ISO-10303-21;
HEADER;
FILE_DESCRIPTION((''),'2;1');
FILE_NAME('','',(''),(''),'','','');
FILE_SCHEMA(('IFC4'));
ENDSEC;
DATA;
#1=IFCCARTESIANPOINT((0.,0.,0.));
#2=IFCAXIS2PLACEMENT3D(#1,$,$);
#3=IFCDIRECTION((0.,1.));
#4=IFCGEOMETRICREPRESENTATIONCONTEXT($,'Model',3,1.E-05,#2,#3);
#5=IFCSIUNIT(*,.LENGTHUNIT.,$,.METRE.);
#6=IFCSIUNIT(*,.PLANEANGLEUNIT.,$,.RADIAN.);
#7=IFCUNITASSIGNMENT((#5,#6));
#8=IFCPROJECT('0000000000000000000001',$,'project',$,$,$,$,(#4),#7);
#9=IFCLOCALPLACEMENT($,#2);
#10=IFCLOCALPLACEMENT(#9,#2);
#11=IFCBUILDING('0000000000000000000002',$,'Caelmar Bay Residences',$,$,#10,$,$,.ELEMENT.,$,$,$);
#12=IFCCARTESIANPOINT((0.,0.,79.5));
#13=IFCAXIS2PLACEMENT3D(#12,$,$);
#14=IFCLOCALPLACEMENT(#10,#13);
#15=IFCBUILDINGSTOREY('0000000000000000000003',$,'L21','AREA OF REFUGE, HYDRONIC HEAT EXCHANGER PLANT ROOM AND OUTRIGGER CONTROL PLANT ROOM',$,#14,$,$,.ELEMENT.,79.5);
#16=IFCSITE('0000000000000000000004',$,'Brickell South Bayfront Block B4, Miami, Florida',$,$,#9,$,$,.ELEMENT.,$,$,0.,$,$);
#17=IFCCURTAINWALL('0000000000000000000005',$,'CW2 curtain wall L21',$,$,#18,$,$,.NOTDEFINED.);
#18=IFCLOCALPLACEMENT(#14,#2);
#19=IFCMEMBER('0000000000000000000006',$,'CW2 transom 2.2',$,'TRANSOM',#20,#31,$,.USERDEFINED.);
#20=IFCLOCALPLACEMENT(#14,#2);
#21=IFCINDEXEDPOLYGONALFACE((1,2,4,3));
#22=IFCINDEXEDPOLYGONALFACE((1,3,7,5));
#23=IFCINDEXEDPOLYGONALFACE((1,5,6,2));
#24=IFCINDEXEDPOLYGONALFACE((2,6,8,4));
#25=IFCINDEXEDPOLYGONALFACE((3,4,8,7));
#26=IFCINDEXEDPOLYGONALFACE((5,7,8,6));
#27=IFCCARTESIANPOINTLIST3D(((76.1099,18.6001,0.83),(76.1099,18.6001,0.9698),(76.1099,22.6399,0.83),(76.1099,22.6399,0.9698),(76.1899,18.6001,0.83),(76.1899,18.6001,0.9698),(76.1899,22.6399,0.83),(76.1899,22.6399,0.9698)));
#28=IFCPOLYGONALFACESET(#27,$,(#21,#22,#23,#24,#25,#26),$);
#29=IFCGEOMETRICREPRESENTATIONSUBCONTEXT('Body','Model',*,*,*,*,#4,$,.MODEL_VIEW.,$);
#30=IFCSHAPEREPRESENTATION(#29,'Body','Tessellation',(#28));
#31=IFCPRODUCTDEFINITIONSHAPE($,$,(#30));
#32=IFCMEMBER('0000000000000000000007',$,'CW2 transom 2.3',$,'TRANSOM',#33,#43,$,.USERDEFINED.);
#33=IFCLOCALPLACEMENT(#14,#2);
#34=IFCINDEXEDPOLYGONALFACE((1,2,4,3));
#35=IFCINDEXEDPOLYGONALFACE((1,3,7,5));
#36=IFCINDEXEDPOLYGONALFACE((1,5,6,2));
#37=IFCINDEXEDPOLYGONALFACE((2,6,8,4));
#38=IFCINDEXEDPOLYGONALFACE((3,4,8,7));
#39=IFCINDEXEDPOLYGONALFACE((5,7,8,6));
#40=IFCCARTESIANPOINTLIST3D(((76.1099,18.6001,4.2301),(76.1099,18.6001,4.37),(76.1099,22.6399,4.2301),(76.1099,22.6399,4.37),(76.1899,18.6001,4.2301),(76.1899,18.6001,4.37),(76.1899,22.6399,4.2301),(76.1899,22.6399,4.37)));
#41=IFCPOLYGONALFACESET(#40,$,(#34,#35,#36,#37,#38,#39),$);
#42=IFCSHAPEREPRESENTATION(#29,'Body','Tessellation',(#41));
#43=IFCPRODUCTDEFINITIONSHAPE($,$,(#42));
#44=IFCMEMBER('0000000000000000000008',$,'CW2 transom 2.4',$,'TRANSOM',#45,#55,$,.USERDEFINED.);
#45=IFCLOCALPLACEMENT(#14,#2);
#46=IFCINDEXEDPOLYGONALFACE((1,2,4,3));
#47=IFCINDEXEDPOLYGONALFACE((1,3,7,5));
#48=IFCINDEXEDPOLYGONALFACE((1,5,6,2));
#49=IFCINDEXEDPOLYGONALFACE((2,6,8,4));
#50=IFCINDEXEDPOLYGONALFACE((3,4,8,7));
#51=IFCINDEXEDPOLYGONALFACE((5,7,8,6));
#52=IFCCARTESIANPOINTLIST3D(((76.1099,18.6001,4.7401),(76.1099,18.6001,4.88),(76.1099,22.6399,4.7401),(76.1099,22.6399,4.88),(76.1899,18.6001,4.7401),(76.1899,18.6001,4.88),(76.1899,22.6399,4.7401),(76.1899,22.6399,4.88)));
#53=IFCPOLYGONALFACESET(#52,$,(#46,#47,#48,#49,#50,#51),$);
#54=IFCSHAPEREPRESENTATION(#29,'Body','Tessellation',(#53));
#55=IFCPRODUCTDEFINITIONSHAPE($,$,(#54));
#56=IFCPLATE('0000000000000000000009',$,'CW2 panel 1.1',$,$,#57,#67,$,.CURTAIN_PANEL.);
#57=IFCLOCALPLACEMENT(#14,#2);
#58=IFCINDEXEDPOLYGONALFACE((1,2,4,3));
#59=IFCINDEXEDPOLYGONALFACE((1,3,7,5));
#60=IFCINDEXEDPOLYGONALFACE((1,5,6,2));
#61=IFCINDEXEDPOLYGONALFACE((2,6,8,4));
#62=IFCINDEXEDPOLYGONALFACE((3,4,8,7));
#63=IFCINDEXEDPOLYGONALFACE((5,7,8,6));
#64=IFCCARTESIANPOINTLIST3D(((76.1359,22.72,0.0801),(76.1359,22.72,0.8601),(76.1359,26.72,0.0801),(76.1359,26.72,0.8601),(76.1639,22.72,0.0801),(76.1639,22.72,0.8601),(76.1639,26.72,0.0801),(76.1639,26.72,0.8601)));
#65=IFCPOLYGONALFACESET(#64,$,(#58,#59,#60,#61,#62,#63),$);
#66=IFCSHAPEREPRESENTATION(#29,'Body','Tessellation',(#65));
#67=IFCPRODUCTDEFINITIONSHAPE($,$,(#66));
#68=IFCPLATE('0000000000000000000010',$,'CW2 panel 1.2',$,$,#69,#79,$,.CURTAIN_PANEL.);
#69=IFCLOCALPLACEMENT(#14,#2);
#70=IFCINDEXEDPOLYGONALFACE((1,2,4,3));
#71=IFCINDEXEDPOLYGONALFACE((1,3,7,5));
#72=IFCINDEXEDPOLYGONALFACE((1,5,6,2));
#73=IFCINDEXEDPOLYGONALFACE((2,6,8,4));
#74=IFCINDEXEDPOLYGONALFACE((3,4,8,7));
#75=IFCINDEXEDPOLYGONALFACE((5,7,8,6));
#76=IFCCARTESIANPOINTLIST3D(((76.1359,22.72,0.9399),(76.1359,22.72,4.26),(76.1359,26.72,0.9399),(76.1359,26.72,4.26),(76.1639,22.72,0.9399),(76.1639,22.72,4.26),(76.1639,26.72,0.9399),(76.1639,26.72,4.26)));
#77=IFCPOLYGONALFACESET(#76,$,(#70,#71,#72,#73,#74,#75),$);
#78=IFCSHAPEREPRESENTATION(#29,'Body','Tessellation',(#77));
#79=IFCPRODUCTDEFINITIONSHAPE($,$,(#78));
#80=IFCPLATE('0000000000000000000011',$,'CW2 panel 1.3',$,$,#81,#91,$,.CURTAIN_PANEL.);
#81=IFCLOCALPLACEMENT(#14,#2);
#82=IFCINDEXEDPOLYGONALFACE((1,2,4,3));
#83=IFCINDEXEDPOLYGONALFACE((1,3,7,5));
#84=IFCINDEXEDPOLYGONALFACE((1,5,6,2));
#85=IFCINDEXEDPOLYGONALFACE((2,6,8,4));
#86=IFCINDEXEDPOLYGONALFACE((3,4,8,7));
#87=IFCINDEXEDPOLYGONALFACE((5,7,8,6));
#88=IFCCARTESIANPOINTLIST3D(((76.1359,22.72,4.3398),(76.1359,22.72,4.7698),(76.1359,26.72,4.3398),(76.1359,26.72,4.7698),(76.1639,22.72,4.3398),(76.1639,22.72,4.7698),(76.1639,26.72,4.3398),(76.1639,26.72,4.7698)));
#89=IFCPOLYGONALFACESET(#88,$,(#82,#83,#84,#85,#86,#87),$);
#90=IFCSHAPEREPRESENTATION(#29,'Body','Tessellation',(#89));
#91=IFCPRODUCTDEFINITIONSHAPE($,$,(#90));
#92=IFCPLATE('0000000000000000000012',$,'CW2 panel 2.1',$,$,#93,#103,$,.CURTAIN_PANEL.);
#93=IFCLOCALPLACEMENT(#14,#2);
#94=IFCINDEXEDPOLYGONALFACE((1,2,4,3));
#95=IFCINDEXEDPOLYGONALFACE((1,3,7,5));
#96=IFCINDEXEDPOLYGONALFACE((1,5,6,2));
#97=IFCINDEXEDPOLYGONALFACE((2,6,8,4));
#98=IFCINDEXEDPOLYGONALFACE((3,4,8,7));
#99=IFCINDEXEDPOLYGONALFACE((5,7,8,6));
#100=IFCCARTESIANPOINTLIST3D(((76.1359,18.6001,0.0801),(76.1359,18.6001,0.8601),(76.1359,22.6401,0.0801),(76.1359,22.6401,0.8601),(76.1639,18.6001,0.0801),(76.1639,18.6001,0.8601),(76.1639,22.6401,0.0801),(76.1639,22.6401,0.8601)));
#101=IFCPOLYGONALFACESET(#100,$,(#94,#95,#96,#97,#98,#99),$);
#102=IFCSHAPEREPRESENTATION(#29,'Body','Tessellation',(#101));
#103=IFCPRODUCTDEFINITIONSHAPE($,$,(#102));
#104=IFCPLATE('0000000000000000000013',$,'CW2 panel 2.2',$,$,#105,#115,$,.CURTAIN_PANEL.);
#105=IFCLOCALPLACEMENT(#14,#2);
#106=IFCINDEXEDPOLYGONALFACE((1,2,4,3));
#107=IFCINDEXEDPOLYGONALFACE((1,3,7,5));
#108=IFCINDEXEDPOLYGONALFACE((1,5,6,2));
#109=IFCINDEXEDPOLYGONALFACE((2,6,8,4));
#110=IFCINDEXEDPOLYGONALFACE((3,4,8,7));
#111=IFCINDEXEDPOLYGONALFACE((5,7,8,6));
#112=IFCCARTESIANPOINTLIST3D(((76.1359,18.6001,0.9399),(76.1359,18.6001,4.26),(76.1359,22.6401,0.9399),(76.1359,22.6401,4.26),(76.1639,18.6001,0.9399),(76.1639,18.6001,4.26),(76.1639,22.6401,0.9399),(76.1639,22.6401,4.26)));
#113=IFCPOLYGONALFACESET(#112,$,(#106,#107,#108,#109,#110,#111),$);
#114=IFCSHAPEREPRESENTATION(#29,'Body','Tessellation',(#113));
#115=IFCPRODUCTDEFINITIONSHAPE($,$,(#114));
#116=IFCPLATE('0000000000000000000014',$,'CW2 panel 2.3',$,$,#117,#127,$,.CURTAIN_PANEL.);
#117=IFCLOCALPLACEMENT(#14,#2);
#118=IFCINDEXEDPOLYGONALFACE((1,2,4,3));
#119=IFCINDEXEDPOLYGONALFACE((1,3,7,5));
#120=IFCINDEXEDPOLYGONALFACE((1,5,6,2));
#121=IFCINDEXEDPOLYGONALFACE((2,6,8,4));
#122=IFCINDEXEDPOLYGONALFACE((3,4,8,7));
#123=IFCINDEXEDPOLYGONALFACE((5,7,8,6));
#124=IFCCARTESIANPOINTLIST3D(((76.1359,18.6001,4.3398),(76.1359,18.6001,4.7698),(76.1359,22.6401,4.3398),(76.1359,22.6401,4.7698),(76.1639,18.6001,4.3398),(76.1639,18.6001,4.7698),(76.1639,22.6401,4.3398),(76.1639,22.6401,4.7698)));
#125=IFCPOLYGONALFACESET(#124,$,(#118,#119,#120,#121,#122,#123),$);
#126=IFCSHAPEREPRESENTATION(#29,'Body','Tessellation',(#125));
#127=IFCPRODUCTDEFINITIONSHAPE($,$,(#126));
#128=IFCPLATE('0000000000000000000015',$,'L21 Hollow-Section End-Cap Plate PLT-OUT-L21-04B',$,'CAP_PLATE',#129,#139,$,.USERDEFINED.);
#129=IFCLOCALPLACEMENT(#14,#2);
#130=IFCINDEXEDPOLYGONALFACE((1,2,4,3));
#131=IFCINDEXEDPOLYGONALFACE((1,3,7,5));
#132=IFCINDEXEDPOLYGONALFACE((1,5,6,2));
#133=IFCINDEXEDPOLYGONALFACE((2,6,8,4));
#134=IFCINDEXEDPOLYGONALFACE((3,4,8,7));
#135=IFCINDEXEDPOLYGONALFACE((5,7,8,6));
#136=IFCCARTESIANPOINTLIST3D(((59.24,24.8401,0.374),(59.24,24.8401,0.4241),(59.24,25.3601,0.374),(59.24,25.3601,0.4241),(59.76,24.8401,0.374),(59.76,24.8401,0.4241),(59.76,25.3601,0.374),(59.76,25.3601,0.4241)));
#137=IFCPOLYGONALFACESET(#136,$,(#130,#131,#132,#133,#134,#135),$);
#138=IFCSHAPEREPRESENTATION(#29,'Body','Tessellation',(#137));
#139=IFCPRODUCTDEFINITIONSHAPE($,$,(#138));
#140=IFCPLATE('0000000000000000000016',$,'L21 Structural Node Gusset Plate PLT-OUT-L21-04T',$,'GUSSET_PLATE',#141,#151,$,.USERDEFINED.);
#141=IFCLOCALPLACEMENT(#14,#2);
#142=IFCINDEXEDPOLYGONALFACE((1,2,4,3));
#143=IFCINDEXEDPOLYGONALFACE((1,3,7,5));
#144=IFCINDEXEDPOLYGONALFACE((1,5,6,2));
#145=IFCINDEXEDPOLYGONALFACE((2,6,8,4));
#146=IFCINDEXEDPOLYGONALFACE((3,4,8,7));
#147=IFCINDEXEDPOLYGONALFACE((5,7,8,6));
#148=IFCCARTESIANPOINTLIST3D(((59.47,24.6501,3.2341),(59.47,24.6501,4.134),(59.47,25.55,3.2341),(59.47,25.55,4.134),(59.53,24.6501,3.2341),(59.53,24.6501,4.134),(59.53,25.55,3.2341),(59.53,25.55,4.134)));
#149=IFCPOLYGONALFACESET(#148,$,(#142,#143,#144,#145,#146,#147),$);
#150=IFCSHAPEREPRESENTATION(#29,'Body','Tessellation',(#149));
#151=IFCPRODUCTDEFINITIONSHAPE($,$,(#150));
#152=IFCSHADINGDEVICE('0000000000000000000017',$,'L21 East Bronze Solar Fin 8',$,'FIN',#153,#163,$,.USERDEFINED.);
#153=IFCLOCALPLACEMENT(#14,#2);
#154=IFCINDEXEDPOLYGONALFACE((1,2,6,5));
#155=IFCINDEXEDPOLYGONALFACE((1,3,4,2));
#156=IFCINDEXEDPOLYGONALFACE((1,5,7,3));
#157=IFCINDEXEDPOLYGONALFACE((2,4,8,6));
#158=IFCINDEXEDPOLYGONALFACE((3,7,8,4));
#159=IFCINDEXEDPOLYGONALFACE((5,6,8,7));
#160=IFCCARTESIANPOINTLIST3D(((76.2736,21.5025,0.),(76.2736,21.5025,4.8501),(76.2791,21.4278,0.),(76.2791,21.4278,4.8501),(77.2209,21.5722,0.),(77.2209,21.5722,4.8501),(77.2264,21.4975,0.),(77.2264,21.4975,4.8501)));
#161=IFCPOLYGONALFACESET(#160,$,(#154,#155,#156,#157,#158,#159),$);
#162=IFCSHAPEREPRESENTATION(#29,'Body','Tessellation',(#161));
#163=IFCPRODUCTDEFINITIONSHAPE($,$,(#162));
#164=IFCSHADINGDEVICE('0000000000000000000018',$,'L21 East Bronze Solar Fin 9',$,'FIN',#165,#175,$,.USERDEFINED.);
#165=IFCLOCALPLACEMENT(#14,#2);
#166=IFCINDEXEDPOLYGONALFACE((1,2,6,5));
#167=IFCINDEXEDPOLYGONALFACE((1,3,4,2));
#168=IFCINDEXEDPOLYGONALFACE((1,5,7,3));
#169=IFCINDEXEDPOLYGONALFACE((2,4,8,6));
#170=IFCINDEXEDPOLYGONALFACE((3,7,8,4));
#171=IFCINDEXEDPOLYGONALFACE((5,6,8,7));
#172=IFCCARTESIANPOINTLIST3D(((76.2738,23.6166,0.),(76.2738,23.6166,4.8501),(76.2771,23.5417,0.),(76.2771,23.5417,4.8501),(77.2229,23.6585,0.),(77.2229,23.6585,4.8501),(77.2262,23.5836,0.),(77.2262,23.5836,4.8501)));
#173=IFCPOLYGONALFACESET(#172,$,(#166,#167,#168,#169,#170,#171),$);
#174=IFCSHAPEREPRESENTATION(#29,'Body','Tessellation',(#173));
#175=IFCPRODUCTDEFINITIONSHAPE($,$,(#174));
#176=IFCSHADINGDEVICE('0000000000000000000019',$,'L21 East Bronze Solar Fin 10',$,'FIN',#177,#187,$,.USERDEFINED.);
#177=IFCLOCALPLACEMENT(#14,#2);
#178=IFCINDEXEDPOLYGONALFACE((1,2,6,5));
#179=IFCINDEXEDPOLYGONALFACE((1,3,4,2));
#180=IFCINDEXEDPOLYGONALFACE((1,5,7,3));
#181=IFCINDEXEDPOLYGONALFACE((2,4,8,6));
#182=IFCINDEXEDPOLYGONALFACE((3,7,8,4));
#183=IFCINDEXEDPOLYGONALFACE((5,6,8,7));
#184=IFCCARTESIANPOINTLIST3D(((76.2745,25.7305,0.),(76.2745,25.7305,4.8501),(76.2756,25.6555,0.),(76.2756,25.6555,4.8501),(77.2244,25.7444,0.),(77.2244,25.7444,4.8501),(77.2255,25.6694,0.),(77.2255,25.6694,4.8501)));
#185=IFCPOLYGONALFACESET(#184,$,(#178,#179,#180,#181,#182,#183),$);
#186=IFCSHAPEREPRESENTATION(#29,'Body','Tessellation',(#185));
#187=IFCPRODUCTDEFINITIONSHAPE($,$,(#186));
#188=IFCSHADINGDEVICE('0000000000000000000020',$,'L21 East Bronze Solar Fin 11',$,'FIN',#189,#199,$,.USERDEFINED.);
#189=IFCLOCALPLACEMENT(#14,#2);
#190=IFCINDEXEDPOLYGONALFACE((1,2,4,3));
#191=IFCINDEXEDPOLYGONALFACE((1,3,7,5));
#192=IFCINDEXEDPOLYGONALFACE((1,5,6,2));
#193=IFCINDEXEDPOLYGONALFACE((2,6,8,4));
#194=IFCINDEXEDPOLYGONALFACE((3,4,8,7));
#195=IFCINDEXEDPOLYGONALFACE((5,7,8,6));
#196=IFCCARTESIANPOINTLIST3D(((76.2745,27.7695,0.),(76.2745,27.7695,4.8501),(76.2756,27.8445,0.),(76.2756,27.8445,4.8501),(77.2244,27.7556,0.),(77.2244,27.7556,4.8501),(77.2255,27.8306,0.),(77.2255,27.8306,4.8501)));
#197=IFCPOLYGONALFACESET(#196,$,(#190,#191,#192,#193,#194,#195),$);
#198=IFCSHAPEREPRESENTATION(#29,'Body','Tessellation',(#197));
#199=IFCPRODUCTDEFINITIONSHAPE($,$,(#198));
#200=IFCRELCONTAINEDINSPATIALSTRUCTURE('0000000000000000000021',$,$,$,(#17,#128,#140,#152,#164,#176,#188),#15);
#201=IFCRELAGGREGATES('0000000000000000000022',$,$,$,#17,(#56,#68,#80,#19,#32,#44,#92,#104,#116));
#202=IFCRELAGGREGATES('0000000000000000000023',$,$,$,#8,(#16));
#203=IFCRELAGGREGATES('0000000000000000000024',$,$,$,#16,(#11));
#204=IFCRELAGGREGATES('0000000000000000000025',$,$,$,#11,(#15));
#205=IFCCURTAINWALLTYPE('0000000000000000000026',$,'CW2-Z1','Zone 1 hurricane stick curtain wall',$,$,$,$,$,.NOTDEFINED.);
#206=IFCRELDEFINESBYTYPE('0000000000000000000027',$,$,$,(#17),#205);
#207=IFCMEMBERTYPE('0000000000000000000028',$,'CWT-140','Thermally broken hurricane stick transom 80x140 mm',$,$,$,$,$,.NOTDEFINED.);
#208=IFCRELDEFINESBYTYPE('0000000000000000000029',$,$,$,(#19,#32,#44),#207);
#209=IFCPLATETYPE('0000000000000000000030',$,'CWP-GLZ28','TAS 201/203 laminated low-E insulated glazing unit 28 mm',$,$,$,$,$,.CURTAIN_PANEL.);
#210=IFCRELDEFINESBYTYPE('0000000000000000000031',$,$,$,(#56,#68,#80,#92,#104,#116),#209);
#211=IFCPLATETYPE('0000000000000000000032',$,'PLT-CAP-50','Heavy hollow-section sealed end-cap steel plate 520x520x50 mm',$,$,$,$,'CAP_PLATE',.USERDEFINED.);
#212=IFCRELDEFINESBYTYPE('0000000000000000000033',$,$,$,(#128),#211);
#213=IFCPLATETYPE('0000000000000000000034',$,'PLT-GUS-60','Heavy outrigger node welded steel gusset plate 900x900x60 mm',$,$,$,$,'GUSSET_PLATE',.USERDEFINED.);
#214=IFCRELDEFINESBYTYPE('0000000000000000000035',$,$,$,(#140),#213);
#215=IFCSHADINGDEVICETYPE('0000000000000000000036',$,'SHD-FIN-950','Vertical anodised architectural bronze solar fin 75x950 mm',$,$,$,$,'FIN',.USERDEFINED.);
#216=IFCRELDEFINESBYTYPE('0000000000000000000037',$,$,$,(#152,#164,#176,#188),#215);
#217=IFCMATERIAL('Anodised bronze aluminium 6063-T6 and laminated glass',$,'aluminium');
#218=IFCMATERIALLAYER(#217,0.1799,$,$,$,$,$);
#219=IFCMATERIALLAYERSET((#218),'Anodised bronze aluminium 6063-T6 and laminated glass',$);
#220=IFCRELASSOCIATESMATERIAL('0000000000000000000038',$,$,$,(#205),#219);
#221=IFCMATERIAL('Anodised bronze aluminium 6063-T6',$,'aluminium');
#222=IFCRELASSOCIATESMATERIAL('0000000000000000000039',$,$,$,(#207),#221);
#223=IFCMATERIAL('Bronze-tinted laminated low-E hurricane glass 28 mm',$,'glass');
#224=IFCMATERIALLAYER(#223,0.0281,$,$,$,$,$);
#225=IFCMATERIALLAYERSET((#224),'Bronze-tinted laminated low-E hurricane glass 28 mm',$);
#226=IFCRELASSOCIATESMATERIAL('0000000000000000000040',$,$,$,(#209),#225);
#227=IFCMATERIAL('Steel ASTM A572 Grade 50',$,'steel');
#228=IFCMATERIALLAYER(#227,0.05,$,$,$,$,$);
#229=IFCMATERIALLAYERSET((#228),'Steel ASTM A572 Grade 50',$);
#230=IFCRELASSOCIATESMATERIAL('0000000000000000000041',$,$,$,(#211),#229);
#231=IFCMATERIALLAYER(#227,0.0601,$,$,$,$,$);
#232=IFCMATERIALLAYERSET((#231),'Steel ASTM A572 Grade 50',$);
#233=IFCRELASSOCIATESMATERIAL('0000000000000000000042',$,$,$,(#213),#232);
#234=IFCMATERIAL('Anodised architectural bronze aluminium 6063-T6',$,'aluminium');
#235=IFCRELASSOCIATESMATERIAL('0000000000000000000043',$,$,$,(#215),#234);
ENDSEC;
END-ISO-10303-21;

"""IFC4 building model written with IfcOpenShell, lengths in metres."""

from ifc_helpers import new_model, si_unit, direction, frame, origin, origin_2d, place, context, subcontext, project, spatial, rectangle, extrude, material, layer, layer_set, material_profile, profile_set, type_object, element, aggregate, save


model = new_model("IFC4")

# Units and contexts
model_context = context("Model", 3, precision=1e-05, world=origin(), true_north=direction((0.0, 1.0)))
body_context = subcontext(model_context, "Body", "Model", "MODEL_VIEW")
ifc_project = project(units=[si_unit("LENGTHUNIT", "METRE"), si_unit("PLANEANGLEUNIT", "RADIAN")], contexts=[model_context])

# Site, building, storey
site_placement = place(None, origin())
site = spatial("IfcSite", under=ifc_project, at=site_placement, Name="Brickell South Bayfront Block B4, Miami, Florida", CompositionType="ELEMENT", RefElevation=0.0)
building_placement = place(site_placement, origin())
building = spatial("IfcBuilding", under=site, at=building_placement, Name="Caelmar Bay Residences", CompositionType="ELEMENT")
storey_placement = place(building_placement, frame((0.0, 0.0, 79.5)))
storey = spatial("IfcBuildingStorey", under=building, at=storey_placement, Name="L21", Description="AREA OF REFUGE, HYDRONIC HEAT EXCHANGER PLANT ROOM AND OUTRIGGER CONTROL PLANT ROOM", CompositionType="ELEMENT", Elevation=79.5)

# Curtain wall, members, plates
ifc_material_1 = material(Name="Anodised bronze aluminium 6063-T6 and laminated glass", Category="aluminium")
ifc_layer_1 = layer(ifc_material_1, 0.1799)
ifc_layer_set_1 = layer_set([ifc_layer_1], Name="Anodised bronze aluminium 6063-T6 and laminated glass")
curtain_wall_type = type_object("IfcCurtainWallType", Name="CW2-Z1", Description="Zone 1 hurricane stick curtain wall", PredefinedType="NOTDEFINED", material=ifc_layer_set_1)
curtain_wall_placement = place(storey_placement, origin())
curtain_wall = element("IfcCurtainWall", 1, at=curtain_wall_placement, inside=storey, type_object=curtain_wall_type, Name="CW2 curtain wall L21", PredefinedType="NOTDEFINED")
ifc_material_2 = material(Name="Anodised bronze aluminium 6063-T6", Category="aluminium")
ifc_material_profile_1 = material_profile(ifc_material_2, rectangle(XDim=0.0801, YDim=0.1399, at=origin_2d()), Name="CWT-80X140")
ifc_profile_set_1 = profile_set([ifc_material_profile_1], Name="Anodised bronze aluminium 6063-T6")
member_type_1 = type_object("IfcMemberType", Name="CWT-140", Description="Thermally broken hurricane stick transom 80x140 mm", PredefinedType="NOTDEFINED", material=ifc_profile_set_1)
member_1_placement = place(storey_placement, frame((76.1499, 22.6399, 0.8999), z_axis=(0.0, -1.0, 0.0), x_axis=(1.0, 0.0, 0.0)))
member_1 = element("IfcMember", 2, at=member_1_placement, type_object=member_type_1, Name="CW2 transom 2.2", ObjectType="TRANSOM", PredefinedType="USERDEFINED", context=body_context, shape_type="SweptSolid", body=[
    extrude(rectangle(XDim=0.0801, YDim=0.1399, at=origin_2d()), origin(), (0.0, 0.0, 1.0), 4.0398),
])
member_2_placement = place(storey_placement, frame((76.1499, 22.6399, 4.3), z_axis=(0.0, -1.0, 0.0), x_axis=(1.0, 0.0, 0.0)))
member_2 = element("IfcMember", 3, at=member_2_placement, type_object=member_type_1, Name="CW2 transom 2.3", ObjectType="TRANSOM", PredefinedType="USERDEFINED", context=body_context, shape_type="SweptSolid", body=[
    extrude(rectangle(XDim=0.0801, YDim=0.1399, at=origin_2d()), origin(), (0.0, 0.0, 1.0), 4.0398),
])
member_3_placement = place(storey_placement, frame((76.1499, 22.6399, 4.8101), z_axis=(0.0, -1.0, 0.0), x_axis=(1.0, 0.0, 0.0)))
member_3 = element("IfcMember", 4, at=member_3_placement, type_object=member_type_1, Name="CW2 transom 2.4", ObjectType="TRANSOM", PredefinedType="USERDEFINED", context=body_context, shape_type="SweptSolid", body=[
    extrude(rectangle(XDim=0.0801, YDim=0.1399, at=origin_2d()), origin(), (0.0, 0.0, 1.0), 4.0398),
])
ifc_material_3 = material(Name="Bronze-tinted laminated low-E hurricane glass 28 mm", Category="glass")
ifc_layer_2 = layer(ifc_material_3, 0.0281)
ifc_layer_set_2 = layer_set([ifc_layer_2], Name="Bronze-tinted laminated low-E hurricane glass 28 mm")
plate_type_1 = type_object("IfcPlateType", Name="CWP-GLZ28", Description="TAS 201/203 laminated low-E insulated glazing unit 28 mm", PredefinedType="CURTAIN_PANEL", material=ifc_layer_set_2)
plate_1_placement = place(storey_placement, frame((76.1499, 24.72, 0.0801), z_axis=(0.0, 0.0, 1.0), x_axis=(0.0, -1.0, 0.0)))
plate_1 = element("IfcPlate", 5, at=plate_1_placement, type_object=plate_type_1, Name="CW2 panel 1.1", PredefinedType="CURTAIN_PANEL", context=body_context, shape_type="SweptSolid", body=[
    extrude(rectangle(XDim=4.0, YDim=0.0281, at=origin_2d()), origin(), (0.0, 0.0, 1.0), 0.78),
])
plate_2_placement = place(storey_placement, frame((76.1499, 24.72, 0.9399), z_axis=(0.0, 0.0, 1.0), x_axis=(0.0, -1.0, 0.0)))
plate_2 = element("IfcPlate", 6, at=plate_2_placement, type_object=plate_type_1, Name="CW2 panel 1.2", PredefinedType="CURTAIN_PANEL", context=body_context, shape_type="SweptSolid", body=[
    extrude(rectangle(XDim=4.0, YDim=0.0281, at=origin_2d()), origin(), (0.0, 0.0, 1.0), 3.3201),
])
plate_3_placement = place(storey_placement, frame((76.1499, 24.72, 4.3398), z_axis=(0.0, 0.0, 1.0), x_axis=(0.0, -1.0, 0.0)))
plate_3 = element("IfcPlate", 7, at=plate_3_placement, type_object=plate_type_1, Name="CW2 panel 1.3", PredefinedType="CURTAIN_PANEL", context=body_context, shape_type="SweptSolid", body=[
    extrude(rectangle(XDim=4.0, YDim=0.0281, at=origin_2d()), origin(), (0.0, 0.0, 1.0), 0.4299),
])
plate_4_placement = place(storey_placement, frame((76.1499, 20.6201, 0.0801), z_axis=(0.0, 0.0, 1.0), x_axis=(0.0, -1.0, 0.0)))
plate_4 = element("IfcPlate", 8, at=plate_4_placement, type_object=plate_type_1, Name="CW2 panel 2.1", PredefinedType="CURTAIN_PANEL", context=body_context, shape_type="SweptSolid", body=[
    extrude(rectangle(XDim=4.04, YDim=0.0281, at=origin_2d()), origin(), (0.0, 0.0, 1.0), 0.78),
])
plate_5_placement = place(storey_placement, frame((76.1499, 20.6201, 0.9399), z_axis=(0.0, 0.0, 1.0), x_axis=(0.0, -1.0, 0.0)))
plate_5 = element("IfcPlate", 9, at=plate_5_placement, type_object=plate_type_1, Name="CW2 panel 2.2", PredefinedType="CURTAIN_PANEL", context=body_context, shape_type="SweptSolid", body=[
    extrude(rectangle(XDim=4.04, YDim=0.0281, at=origin_2d()), origin(), (0.0, 0.0, 1.0), 3.3201),
])
plate_6_placement = place(storey_placement, frame((76.1499, 20.6201, 4.3398), z_axis=(0.0, 0.0, 1.0), x_axis=(0.0, -1.0, 0.0)))
plate_6 = element("IfcPlate", 10, at=plate_6_placement, type_object=plate_type_1, Name="CW2 panel 2.3", PredefinedType="CURTAIN_PANEL", context=body_context, shape_type="SweptSolid", body=[
    extrude(rectangle(XDim=4.04, YDim=0.0281, at=origin_2d()), origin(), (0.0, 0.0, 1.0), 0.4299),
])
aggregate(curtain_wall, [plate_1, plate_2, plate_3, member_1, member_2, member_3, plate_4, plate_5, plate_6])

# Plates
ifc_material_4 = material(Name="Steel ASTM A572 Grade 50", Category="steel")
ifc_layer_3 = layer(ifc_material_4, 0.05)
ifc_layer_set_3 = layer_set([ifc_layer_3], Name="Steel ASTM A572 Grade 50")
plate_type_2 = type_object("IfcPlateType", Name="PLT-CAP-50", Description="Heavy hollow-section sealed end-cap steel plate 520x520x50 mm", ElementType="CAP_PLATE", PredefinedType="USERDEFINED", material=ifc_layer_set_3)
plate_7_placement = place(storey_placement, frame((59.5, 25.1001, 0.374), z_axis=(0.0, 0.0, 1.0), x_axis=(1.0, 0.0, 0.0)))
element("IfcPlate", 11, at=plate_7_placement, inside=storey, type_object=plate_type_2, Name="L21 Hollow-Section End-Cap Plate PLT-OUT-L21-04B", ObjectType="CAP_PLATE", PredefinedType="USERDEFINED", context=body_context, shape_type="SweptSolid", body=[
    extrude(rectangle(XDim=0.52, YDim=0.52, at=origin_2d()), origin(), (0.0, 0.0, 1.0), 0.05),
])
ifc_layer_4 = layer(ifc_material_4, 0.0601)
ifc_layer_set_4 = layer_set([ifc_layer_4], Name="Steel ASTM A572 Grade 50")
plate_type_3 = type_object("IfcPlateType", Name="PLT-GUS-60", Description="Heavy outrigger node welded steel gusset plate 900x900x60 mm", ElementType="GUSSET_PLATE", PredefinedType="USERDEFINED", material=ifc_layer_set_4)
plate_8_placement = place(storey_placement, frame((59.5, 25.1001, 3.2341), z_axis=(0.0, 0.0, 1.0), x_axis=(0.0, 1.0, 0.0)))
element("IfcPlate", 12, at=plate_8_placement, inside=storey, type_object=plate_type_3, Name="L21 Structural Node Gusset Plate PLT-OUT-L21-04T", ObjectType="GUSSET_PLATE", PredefinedType="USERDEFINED", context=body_context, shape_type="SweptSolid", body=[
    extrude(rectangle(XDim=0.8999, YDim=0.0601, at=origin_2d()), origin(), (0.0, 0.0, 1.0), 0.8999),
])

# Shading devices
ifc_material_5 = material(Name="Anodised architectural bronze aluminium 6063-T6", Category="aluminium")
ifc_material_profile_2 = material_profile(ifc_material_5, rectangle(XDim=0.075, YDim=0.95, at=origin_2d()), Name="BRONZE-FIN-75X950")
ifc_profile_set_2 = profile_set([ifc_material_profile_2], Name="Anodised architectural bronze aluminium 6063-T6")
shading_device_type = type_object("IfcShadingDeviceType", Name="SHD-FIN-950", Description="Vertical anodised architectural bronze solar fin 75x950 mm", ElementType="FIN", PredefinedType="USERDEFINED", material=ifc_profile_set_2)
for number, where, z_axis, x_axis, name in (
    (13, (76.75, 21.5, 0.0), (0.0, 0.0, 1.0), (-0.073412, 0.997302, 0.0), "L21 East Bronze Solar Fin 8"),
    (14, (76.75, 23.6001, 0.0), (0.0, 0.0, 1.0), (-0.044142, 0.999025, 0.0), "L21 East Bronze Solar Fin 9"),
    (15, (76.75, 25.7, 0.0), (0.0, 0.0, 1.0), (-0.01466, 0.999893, 0.0), "L21 East Bronze Solar Fin 10"),
    (16, (76.75, 27.8, 0.0), (0.0, 0.0, 1.0), (0.01466, 0.999893, 0.0), "L21 East Bronze Solar Fin 11"),
):
    element("IfcShadingDevice", number, at=place(storey_placement, frame(where, z_axis=z_axis, x_axis=x_axis)), inside=storey, type_object=shading_device_type, Name=name, ObjectType="FIN", PredefinedType="USERDEFINED", context=body_context, shape_type="SweptSolid", body=[
        extrude(rectangle(XDim=0.075, YDim=0.95, at=origin_2d()), origin(), (0.0, 0.0, 1.0), 4.8501),
    ])

save(model, "model.ifc")
